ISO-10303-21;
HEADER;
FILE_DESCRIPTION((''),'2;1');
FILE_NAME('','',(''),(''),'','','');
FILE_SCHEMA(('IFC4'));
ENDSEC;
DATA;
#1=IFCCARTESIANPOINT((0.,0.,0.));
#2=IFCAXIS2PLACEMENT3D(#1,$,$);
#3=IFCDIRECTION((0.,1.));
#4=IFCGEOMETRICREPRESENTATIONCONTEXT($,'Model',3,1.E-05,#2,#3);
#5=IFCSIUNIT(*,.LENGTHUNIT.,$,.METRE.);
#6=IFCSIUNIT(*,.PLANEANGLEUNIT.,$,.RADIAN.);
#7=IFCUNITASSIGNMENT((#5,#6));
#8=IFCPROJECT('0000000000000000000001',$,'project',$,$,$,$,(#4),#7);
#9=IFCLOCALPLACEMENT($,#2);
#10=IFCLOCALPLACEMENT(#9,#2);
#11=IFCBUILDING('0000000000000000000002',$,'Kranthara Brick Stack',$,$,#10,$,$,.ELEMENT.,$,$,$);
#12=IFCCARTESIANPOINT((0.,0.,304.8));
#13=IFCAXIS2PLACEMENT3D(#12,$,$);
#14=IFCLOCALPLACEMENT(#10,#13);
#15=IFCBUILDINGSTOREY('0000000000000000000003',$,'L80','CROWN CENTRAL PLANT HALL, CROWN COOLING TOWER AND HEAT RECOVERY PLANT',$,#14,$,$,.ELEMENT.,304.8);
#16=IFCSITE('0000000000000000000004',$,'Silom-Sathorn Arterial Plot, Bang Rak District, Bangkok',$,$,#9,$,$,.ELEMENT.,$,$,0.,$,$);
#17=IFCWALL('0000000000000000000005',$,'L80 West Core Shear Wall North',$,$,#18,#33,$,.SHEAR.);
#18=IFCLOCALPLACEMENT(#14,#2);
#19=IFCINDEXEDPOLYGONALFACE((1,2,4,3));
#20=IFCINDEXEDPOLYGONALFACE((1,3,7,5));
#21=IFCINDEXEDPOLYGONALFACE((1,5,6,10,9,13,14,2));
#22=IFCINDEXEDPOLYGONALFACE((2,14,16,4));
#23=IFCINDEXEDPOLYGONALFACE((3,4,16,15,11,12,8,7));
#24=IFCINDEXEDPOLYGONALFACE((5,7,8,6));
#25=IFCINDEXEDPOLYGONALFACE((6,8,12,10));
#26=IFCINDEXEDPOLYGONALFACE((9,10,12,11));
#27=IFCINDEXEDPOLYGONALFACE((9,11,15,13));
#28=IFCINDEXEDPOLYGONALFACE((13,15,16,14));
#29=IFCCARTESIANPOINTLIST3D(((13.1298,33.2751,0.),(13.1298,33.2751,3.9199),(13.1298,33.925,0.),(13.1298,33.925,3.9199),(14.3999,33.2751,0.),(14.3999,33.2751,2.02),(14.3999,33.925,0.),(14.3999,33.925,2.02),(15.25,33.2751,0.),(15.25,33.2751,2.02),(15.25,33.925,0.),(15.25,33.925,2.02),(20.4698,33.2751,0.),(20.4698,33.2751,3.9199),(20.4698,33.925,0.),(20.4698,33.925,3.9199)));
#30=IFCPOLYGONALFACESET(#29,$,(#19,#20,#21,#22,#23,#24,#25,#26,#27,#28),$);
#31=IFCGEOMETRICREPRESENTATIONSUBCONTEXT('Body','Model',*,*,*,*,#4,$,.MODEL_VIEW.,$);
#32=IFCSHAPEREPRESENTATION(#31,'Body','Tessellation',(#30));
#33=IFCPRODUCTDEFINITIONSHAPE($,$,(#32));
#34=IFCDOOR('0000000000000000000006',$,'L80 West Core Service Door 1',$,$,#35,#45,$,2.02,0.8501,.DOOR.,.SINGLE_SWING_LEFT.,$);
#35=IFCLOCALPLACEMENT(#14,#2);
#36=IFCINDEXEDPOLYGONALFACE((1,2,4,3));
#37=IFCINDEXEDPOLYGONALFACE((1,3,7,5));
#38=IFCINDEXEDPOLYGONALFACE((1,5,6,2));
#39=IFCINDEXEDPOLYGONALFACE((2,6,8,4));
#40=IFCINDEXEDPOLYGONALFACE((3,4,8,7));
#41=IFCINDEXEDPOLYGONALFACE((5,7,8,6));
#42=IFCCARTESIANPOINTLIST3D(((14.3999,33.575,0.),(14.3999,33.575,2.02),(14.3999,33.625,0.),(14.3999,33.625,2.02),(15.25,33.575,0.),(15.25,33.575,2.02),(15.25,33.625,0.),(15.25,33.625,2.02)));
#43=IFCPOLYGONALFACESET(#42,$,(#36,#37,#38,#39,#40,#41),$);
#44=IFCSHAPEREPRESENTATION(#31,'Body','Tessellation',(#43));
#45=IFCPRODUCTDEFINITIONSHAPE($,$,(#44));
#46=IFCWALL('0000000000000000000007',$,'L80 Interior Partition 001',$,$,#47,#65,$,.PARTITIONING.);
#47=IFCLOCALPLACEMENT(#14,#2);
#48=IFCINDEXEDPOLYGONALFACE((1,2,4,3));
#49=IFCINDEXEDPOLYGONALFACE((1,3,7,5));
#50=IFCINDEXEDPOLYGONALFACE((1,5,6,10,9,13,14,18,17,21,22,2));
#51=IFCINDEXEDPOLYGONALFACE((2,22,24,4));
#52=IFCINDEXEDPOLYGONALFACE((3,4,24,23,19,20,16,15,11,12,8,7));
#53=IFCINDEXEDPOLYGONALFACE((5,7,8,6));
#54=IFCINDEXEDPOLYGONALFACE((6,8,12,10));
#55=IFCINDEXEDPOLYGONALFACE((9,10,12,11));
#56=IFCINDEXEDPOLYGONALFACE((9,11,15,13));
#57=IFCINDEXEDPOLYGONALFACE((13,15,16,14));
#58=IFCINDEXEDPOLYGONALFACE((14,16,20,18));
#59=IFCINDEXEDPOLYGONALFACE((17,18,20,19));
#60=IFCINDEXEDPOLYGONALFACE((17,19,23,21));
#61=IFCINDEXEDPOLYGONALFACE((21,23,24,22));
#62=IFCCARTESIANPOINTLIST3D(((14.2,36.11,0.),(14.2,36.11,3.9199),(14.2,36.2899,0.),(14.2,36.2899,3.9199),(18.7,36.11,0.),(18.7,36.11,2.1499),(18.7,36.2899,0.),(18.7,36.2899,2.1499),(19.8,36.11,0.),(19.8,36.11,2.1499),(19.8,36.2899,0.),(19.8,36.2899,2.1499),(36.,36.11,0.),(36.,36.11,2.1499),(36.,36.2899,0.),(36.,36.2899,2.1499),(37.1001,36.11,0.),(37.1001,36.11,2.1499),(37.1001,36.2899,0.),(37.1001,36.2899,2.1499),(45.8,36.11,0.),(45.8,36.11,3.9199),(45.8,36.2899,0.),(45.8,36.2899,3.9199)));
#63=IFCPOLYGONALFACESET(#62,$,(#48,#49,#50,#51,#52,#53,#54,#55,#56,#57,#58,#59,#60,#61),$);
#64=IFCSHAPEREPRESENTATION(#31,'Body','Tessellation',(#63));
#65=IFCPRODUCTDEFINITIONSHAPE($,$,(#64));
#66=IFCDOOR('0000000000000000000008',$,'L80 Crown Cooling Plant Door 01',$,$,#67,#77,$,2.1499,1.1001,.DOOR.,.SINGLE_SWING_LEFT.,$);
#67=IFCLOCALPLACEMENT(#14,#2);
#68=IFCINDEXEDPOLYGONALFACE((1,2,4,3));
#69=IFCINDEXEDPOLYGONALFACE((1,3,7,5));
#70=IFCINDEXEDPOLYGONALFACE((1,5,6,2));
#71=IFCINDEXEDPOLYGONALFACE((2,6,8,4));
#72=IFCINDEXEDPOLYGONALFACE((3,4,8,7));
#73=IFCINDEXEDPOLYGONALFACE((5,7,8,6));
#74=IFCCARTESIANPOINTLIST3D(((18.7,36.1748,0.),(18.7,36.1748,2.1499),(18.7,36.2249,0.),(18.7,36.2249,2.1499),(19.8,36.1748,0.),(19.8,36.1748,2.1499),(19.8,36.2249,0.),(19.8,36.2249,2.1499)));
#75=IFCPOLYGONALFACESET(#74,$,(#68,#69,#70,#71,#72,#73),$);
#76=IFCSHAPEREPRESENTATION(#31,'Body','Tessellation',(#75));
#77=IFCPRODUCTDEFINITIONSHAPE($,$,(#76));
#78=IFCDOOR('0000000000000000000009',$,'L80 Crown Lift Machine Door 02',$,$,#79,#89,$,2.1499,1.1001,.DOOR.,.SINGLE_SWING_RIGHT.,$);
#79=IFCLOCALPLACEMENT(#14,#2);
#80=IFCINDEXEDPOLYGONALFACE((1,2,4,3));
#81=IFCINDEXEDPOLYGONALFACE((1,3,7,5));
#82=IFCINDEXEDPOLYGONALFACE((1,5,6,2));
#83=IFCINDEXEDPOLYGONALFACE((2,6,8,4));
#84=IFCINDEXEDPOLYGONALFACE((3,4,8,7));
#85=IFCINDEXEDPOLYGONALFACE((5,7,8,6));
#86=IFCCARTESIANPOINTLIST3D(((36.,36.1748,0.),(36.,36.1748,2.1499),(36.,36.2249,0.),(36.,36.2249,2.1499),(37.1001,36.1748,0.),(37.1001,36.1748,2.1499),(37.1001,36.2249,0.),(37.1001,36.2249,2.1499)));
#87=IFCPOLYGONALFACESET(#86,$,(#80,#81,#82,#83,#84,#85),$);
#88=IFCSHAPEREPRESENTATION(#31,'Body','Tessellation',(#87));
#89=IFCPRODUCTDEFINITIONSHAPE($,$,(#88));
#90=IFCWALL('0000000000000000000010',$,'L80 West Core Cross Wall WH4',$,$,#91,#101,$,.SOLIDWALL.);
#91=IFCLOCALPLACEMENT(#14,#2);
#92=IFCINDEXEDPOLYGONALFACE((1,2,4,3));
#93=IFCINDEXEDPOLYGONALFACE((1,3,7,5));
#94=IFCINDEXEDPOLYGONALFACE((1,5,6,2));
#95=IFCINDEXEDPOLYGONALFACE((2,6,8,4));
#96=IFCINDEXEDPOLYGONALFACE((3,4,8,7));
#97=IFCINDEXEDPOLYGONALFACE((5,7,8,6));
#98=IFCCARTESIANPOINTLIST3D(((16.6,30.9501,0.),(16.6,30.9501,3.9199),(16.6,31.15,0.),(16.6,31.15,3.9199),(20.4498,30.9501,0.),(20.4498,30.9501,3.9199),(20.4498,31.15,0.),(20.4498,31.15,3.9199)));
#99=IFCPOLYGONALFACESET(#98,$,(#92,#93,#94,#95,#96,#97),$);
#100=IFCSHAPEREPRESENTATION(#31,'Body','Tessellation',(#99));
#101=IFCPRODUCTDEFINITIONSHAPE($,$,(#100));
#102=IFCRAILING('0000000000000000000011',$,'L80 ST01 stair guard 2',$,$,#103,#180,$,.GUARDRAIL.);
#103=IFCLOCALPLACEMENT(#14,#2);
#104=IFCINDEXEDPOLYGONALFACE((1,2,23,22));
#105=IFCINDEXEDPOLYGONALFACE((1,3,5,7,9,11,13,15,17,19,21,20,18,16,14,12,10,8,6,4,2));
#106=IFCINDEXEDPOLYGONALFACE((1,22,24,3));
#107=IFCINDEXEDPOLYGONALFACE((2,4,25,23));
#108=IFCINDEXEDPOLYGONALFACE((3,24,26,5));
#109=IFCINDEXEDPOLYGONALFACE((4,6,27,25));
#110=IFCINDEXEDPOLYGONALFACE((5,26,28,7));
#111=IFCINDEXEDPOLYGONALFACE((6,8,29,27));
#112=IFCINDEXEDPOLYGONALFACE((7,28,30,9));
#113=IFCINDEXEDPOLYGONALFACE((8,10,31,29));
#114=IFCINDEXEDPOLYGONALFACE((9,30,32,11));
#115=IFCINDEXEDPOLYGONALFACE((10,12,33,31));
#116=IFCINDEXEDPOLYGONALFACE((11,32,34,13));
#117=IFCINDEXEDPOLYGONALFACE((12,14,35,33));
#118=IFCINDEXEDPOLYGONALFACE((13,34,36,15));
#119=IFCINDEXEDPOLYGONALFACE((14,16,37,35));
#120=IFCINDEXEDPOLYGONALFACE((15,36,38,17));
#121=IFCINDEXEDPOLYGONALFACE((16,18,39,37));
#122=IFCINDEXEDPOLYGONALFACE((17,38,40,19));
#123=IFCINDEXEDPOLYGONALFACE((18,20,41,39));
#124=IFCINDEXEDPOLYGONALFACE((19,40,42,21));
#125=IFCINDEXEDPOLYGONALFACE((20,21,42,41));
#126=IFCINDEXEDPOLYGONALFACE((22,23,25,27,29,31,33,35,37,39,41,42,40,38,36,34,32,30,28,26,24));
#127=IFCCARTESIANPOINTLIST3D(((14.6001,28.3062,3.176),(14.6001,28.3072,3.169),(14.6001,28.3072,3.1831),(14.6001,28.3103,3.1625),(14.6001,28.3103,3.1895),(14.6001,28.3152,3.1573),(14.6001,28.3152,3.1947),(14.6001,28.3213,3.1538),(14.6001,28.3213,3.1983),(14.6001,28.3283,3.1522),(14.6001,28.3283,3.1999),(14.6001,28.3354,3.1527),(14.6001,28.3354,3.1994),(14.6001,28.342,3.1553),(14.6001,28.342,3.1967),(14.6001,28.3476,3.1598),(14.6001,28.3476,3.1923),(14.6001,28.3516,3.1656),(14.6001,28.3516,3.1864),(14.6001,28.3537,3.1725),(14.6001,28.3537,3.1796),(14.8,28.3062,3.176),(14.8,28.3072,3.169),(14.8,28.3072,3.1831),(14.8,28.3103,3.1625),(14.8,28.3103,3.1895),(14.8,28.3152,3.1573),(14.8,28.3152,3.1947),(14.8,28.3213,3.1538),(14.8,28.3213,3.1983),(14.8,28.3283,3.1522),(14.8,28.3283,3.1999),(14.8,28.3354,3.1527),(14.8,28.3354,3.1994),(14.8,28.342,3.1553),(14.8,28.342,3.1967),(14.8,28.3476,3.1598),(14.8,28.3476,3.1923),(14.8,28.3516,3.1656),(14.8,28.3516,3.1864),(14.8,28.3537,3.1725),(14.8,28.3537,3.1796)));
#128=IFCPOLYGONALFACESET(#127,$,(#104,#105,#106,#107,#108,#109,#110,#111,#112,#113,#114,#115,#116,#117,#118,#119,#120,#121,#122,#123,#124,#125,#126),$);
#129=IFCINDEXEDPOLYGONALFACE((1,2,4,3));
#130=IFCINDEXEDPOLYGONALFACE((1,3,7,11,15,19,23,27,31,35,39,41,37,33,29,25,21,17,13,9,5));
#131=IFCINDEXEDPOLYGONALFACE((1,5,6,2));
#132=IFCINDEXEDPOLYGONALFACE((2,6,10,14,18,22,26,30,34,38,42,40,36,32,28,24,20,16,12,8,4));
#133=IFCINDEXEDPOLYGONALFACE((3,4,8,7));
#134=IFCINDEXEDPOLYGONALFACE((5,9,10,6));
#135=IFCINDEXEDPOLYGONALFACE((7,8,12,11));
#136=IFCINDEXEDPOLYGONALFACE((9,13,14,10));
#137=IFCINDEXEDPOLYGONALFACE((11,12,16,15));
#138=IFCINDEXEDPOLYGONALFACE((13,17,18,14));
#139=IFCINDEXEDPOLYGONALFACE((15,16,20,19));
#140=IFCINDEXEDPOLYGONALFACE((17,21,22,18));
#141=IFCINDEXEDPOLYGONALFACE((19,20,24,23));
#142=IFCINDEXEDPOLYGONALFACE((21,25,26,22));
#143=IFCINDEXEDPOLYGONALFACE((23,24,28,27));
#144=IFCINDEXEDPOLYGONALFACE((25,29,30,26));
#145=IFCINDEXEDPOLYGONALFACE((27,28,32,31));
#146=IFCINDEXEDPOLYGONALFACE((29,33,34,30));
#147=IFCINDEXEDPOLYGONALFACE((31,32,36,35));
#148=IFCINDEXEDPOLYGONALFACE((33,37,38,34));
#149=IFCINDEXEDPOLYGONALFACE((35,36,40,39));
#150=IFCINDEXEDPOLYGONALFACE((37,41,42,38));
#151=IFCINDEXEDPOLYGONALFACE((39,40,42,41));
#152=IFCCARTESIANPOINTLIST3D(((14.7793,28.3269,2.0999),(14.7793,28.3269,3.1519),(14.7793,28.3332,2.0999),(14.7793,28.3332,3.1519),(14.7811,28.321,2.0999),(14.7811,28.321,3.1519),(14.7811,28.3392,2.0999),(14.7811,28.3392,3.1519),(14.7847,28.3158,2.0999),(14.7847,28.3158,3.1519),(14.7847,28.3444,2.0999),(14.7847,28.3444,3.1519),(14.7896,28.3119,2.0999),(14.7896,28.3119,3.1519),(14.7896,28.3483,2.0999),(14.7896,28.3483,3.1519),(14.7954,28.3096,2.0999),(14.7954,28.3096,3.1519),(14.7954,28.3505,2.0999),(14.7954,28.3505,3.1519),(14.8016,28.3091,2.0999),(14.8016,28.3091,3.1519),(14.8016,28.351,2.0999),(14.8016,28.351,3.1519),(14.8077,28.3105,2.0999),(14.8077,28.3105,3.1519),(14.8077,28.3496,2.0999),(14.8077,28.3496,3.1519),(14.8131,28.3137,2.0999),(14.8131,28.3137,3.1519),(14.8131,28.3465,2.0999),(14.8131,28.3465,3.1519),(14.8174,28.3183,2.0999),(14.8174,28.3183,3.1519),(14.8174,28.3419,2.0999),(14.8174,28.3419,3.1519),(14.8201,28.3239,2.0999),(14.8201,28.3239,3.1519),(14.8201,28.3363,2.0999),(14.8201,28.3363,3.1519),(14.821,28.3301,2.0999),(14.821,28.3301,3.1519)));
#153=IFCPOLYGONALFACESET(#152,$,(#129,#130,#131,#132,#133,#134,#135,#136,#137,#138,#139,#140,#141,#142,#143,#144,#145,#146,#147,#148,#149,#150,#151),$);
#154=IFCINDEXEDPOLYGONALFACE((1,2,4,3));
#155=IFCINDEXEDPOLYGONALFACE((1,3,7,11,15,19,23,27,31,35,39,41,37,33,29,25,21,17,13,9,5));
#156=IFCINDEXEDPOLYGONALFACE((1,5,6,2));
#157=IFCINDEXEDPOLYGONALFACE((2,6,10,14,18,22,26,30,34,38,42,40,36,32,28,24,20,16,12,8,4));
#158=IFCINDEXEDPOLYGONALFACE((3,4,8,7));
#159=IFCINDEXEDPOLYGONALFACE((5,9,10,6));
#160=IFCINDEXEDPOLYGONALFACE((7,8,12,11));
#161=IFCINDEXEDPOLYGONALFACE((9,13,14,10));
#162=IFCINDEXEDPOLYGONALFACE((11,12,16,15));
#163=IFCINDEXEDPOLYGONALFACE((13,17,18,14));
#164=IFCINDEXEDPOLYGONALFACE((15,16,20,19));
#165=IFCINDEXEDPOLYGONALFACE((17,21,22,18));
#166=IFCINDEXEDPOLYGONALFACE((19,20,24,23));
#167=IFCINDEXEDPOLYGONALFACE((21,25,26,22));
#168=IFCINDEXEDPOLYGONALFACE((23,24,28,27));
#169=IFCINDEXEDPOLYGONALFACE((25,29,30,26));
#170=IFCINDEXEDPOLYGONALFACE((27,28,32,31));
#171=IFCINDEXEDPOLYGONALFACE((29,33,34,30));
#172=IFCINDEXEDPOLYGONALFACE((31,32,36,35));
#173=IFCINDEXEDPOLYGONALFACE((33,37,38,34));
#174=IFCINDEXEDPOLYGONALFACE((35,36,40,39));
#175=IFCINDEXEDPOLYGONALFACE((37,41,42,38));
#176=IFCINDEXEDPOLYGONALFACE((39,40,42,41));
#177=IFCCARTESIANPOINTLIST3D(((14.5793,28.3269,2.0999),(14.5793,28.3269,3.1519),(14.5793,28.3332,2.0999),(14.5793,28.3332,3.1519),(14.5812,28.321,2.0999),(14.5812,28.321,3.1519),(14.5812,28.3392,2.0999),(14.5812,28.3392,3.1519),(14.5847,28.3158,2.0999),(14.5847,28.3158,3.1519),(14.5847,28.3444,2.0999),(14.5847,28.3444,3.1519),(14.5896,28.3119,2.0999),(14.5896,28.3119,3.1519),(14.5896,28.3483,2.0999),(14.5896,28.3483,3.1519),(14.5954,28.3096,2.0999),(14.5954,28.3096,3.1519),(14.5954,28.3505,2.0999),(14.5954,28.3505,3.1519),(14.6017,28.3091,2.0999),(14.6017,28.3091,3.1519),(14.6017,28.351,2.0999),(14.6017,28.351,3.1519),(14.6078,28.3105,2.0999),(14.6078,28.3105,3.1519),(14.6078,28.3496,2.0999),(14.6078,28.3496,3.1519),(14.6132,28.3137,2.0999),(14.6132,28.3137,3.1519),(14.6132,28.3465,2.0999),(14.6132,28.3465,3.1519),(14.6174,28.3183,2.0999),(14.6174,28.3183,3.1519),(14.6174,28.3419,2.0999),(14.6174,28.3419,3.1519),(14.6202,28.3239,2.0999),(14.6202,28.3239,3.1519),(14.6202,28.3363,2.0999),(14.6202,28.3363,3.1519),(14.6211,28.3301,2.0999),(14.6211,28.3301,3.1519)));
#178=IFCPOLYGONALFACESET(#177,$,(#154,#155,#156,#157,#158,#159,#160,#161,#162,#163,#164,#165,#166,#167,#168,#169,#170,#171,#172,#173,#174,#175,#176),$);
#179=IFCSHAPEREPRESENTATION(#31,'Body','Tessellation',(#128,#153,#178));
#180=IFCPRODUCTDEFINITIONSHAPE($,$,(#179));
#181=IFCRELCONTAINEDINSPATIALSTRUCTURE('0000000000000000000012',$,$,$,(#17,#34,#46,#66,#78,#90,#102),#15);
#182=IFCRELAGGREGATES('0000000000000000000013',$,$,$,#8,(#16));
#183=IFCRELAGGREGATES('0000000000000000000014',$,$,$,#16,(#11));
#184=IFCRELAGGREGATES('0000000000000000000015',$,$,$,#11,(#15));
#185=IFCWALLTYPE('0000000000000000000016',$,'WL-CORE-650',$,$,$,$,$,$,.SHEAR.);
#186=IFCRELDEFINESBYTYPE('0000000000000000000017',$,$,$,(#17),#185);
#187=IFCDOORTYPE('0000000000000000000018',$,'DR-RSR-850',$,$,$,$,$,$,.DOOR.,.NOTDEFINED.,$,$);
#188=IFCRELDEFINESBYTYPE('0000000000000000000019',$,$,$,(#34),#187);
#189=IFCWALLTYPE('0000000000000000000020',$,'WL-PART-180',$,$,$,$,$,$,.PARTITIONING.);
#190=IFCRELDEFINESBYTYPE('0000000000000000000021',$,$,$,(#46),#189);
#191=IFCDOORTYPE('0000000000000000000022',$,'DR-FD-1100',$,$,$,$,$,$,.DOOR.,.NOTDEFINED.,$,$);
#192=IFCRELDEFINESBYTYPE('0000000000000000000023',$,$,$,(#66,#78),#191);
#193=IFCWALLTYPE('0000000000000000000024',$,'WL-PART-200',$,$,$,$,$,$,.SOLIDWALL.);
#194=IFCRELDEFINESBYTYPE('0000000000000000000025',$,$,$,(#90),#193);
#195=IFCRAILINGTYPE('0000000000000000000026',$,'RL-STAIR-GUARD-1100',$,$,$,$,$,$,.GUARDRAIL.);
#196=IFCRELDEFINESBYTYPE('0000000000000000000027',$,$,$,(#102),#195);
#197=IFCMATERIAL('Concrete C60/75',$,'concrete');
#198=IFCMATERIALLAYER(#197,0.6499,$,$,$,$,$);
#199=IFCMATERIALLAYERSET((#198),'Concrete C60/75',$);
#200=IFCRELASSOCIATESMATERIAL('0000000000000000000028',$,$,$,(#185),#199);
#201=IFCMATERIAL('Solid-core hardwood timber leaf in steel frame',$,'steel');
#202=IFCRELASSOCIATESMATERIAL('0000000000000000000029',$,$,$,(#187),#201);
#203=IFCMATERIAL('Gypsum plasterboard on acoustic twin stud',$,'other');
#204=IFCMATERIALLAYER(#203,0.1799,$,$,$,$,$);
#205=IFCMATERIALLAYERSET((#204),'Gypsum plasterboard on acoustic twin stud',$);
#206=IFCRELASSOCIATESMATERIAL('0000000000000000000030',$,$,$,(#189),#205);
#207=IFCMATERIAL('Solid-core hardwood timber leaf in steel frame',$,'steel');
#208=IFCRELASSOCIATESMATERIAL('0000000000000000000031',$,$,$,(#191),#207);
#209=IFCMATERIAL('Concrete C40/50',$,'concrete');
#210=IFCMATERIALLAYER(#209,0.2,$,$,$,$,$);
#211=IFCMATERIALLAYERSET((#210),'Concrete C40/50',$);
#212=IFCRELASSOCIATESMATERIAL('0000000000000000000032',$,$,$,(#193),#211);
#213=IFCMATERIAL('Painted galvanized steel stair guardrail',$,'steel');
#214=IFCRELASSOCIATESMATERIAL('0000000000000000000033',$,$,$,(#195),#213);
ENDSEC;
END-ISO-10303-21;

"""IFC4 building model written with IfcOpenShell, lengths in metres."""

from ifc_helpers import new_model, si_unit, direction, frame, frame_2d, origin, origin_2d, place, context, subcontext, project, spatial, rectangle, circle, extrude, material, layer, layer_set, type_object, element, fill, save


model = new_model("IFC4")

# Units and contexts
model_context = context("Model", 3, precision=1e-05, world=origin(), true_north=direction((0.0, 1.0)))
body_context = subcontext(model_context, "Body", "Model", "MODEL_VIEW")
ifc_project = project(units=[si_unit("LENGTHUNIT", "METRE"), si_unit("PLANEANGLEUNIT", "RADIAN")], contexts=[model_context])

# Site, building, storey
site_placement = place(None, origin())
site = spatial("IfcSite", under=ifc_project, at=site_placement, Name="Silom-Sathorn Arterial Plot, Bang Rak District, Bangkok", CompositionType="ELEMENT", RefElevation=0.0)
building_placement = place(site_placement, origin())
building = spatial("IfcBuilding", under=site, at=building_placement, Name="Kranthara Brick Stack", CompositionType="ELEMENT")
storey_placement = place(building_placement, frame((0.0, 0.0, 304.8)))
storey = spatial("IfcBuildingStorey", under=building, at=storey_placement, Name="L80", Description="CROWN CENTRAL PLANT HALL, CROWN COOLING TOWER AND HEAT RECOVERY PLANT", CompositionType="ELEMENT", Elevation=304.8)

# Wall, opening, door
ifc_material_1 = material(Name="Concrete C60/75", Category="concrete")
ifc_layer_1 = layer(ifc_material_1, 0.6499)
ifc_layer_set_1 = layer_set([ifc_layer_1], Name="Concrete C60/75")
wall_type_1 = type_object("IfcWallType", Name="WL-CORE-650", PredefinedType="SHEAR", material=ifc_layer_set_1)
wall_1_placement = place(storey_placement, frame((13.1299, 33.6001, 0.0), z_axis=(0.0, 0.0, 1.0), x_axis=(1.0, 0.0, 0.0)))
wall_1 = element("IfcWall", 1, at=wall_1_placement, inside=storey, type_object=wall_type_1, Name="L80 West Core Shear Wall North", PredefinedType="SHEAR", context=body_context, shape_type="SweptSolid", body=[
    extrude(rectangle(XDim=7.3401, YDim=0.6499, at=frame_2d((3.6699, 0.0))), origin(), (0.0, 0.0, 1.0), 3.9199),
])
opening_1_placement = place(wall_1_placement, frame((1.27, 0.0, 0.0)))
opening_1 = element("IfcOpeningElement", 2, at=opening_1_placement, cuts=wall_1, PredefinedType="OPENING", context=body_context, shape_type="SweptSolid", body=[
    extrude(rectangle(XDim=0.8501, YDim=2.02, at=frame_2d((0.425, 1.01))), frame((0.0, 0.335, 0.0), z_axis=(0.0, -1.0, 0.0), x_axis=(1.0, 0.0, 0.0)), (0.0, 0.0, 1.0), 0.6699),
])
ifc_material_2 = material(Name="Solid-core hardwood timber leaf in steel frame", Category="steel")
door_type_1 = type_object("IfcDoorType", Name="DR-RSR-850", OperationType="NOTDEFINED", PredefinedType="DOOR", material=ifc_material_2)
door_1_placement = place(opening_1_placement, origin())
door_1 = element("IfcDoor", 3, at=door_1_placement, inside=storey, type_object=door_type_1, Name="L80 West Core Service Door 1", OperationType="SINGLE_SWING_LEFT", OverallHeight=2.02, OverallWidth=0.8501, PredefinedType="DOOR", context=body_context, shape_type="SweptSolid", body=[
    extrude(rectangle(XDim=0.8501, YDim=2.02, at=frame_2d((0.425, 1.01))), frame((0.0, 0.0249, 0.0), z_axis=(0.0, -1.0, 0.0), x_axis=(1.0, 0.0, 0.0)), (0.0, 0.0, 1.0), 0.05),
])
fill(opening_1, door_1)

# Wall, openings, doors
ifc_material_3 = material(Name="Gypsum plasterboard on acoustic twin stud", Category="other")
ifc_layer_2 = layer(ifc_material_3, 0.1799)
ifc_layer_set_2 = layer_set([ifc_layer_2], Name="Gypsum plasterboard on acoustic twin stud")
wall_type_2 = type_object("IfcWallType", Name="WL-PART-180", PredefinedType="PARTITIONING", material=ifc_layer_set_2)
wall_2_placement = place(storey_placement, frame((14.2, 36.2, 0.0), z_axis=(0.0, 0.0, 1.0), x_axis=(1.0, 0.0, 0.0)))
wall_2 = element("IfcWall", 4, at=wall_2_placement, inside=storey, type_object=wall_type_2, Name="L80 Interior Partition 001", PredefinedType="PARTITIONING", context=body_context, shape_type="SweptSolid", body=[
    extrude(rectangle(XDim=31.6001, YDim=0.1799, at=frame_2d((15.8, 0.0))), origin(), (0.0, 0.0, 1.0), 3.9199),
])
opening_2_placement = place(wall_2_placement, frame((4.5, 0.0, 0.0)))
opening_2 = element("IfcOpeningElement", 5, at=opening_2_placement, cuts=wall_2, PredefinedType="OPENING", context=body_context, shape_type="SweptSolid", body=[
    extrude(rectangle(XDim=1.1001, YDim=2.1499, at=frame_2d((0.55, 1.075))), frame((0.0, 0.0999, 0.0), z_axis=(0.0, -1.0, 0.0), x_axis=(1.0, 0.0, 0.0)), (0.0, 0.0, 1.0), 0.2),
])
opening_3_placement = place(wall_2_placement, frame((21.8, 0.0, 0.0)))
opening_3 = element("IfcOpeningElement", 6, at=opening_3_placement, cuts=wall_2, PredefinedType="OPENING", context=body_context, shape_type="SweptSolid", body=[
    extrude(rectangle(XDim=1.1001, YDim=2.1499, at=frame_2d((0.55, 1.075))), frame((0.0, 0.0999, 0.0), z_axis=(0.0, -1.0, 0.0), x_axis=(1.0, 0.0, 0.0)), (0.0, 0.0, 1.0), 0.2),
])
ifc_material_4 = material(Name="Solid-core hardwood timber leaf in steel frame", Category="steel")
door_type_2 = type_object("IfcDoorType", Name="DR-FD-1100", OperationType="NOTDEFINED", PredefinedType="DOOR", material=ifc_material_4)
door_2_placement = place(opening_2_placement, origin())
door_2 = element("IfcDoor", 7, at=door_2_placement, inside=storey, type_object=door_type_2, Name="L80 Crown Cooling Plant Door 01", OperationType="SINGLE_SWING_LEFT", OverallHeight=2.1499, OverallWidth=1.1001, PredefinedType="DOOR", context=body_context, shape_type="SweptSolid", body=[
    extrude(rectangle(XDim=1.1001, YDim=2.1499, at=frame_2d((0.55, 1.075))), frame((0.0, 0.0249, 0.0), z_axis=(0.0, -1.0, 0.0), x_axis=(1.0, 0.0, 0.0)), (0.0, 0.0, 1.0), 0.05),
])
fill(opening_2, door_2)
door_3_placement = place(opening_3_placement, origin())
door_3 = element("IfcDoor", 8, at=door_3_placement, inside=storey, type_object=door_type_2, Name="L80 Crown Lift Machine Door 02", OperationType="SINGLE_SWING_RIGHT", OverallHeight=2.1499, OverallWidth=1.1001, PredefinedType="DOOR", context=body_context, shape_type="SweptSolid", body=[
    extrude(rectangle(XDim=1.1001, YDim=2.1499, at=frame_2d((0.55, 1.075))), frame((0.0, 0.0249, 0.0), z_axis=(0.0, -1.0, 0.0), x_axis=(1.0, 0.0, 0.0)), (0.0, 0.0, 1.0), 0.05),
])
fill(opening_3, door_3)

# Wall
ifc_material_5 = material(Name="Concrete C40/50", Category="concrete")
ifc_layer_3 = layer(ifc_material_5, 0.2)
ifc_layer_set_3 = layer_set([ifc_layer_3], Name="Concrete C40/50")
wall_type_3 = type_object("IfcWallType", Name="WL-PART-200", PredefinedType="SOLIDWALL", material=ifc_layer_set_3)
wall_3_placement = place(storey_placement, frame((16.6001, 31.05, 0.0), z_axis=(0.0, 0.0, 1.0), x_axis=(1.0, 0.0, 0.0)))
element("IfcWall", 9, at=wall_3_placement, inside=storey, type_object=wall_type_3, Name="L80 West Core Cross Wall WH4", PredefinedType="SOLIDWALL", context=body_context, shape_type="SweptSolid", body=[
    extrude(rectangle(XDim=3.8499, YDim=0.2, at=frame_2d((1.9248, 0.0))), origin(), (0.0, 0.0, 1.0), 3.9199),
])

# Railing
ifc_material_6 = material(Name="Painted galvanized steel stair guardrail", Category="steel")
railing_type = type_object("IfcRailingType", Name="RL-STAIR-GUARD-1100", PredefinedType="GUARDRAIL", material=ifc_material_6)
railing_placement = place(storey_placement, frame((14.8, 28.3301, 2.0999)))
element("IfcRailing", 10, at=railing_placement, inside=storey, type_object=railing_type, Name="L80 ST01 stair guard 2", PredefinedType="GUARDRAIL", context=body_context, shape_type="SweptSolid", body=[
    extrude(circle(Radius=0.0239, at=origin_2d()), frame((0.0, 0.0, 1.0762), z_axis=(-1.0, 0.0, 0.0), x_axis=(0.0, -1.0, 0.0)), (0.0, 0.0, 1.0), 0.2),
    extrude(circle(Radius=0.021, at=origin_2d()), origin(), (0.0, 0.0, 1.0), 1.052),
    extrude(circle(Radius=0.021, at=origin_2d()), frame((-0.2, 0.0, 0.0)), (0.0, 0.0, 1.0), 1.052),
])

save(model, "model.ifc")
